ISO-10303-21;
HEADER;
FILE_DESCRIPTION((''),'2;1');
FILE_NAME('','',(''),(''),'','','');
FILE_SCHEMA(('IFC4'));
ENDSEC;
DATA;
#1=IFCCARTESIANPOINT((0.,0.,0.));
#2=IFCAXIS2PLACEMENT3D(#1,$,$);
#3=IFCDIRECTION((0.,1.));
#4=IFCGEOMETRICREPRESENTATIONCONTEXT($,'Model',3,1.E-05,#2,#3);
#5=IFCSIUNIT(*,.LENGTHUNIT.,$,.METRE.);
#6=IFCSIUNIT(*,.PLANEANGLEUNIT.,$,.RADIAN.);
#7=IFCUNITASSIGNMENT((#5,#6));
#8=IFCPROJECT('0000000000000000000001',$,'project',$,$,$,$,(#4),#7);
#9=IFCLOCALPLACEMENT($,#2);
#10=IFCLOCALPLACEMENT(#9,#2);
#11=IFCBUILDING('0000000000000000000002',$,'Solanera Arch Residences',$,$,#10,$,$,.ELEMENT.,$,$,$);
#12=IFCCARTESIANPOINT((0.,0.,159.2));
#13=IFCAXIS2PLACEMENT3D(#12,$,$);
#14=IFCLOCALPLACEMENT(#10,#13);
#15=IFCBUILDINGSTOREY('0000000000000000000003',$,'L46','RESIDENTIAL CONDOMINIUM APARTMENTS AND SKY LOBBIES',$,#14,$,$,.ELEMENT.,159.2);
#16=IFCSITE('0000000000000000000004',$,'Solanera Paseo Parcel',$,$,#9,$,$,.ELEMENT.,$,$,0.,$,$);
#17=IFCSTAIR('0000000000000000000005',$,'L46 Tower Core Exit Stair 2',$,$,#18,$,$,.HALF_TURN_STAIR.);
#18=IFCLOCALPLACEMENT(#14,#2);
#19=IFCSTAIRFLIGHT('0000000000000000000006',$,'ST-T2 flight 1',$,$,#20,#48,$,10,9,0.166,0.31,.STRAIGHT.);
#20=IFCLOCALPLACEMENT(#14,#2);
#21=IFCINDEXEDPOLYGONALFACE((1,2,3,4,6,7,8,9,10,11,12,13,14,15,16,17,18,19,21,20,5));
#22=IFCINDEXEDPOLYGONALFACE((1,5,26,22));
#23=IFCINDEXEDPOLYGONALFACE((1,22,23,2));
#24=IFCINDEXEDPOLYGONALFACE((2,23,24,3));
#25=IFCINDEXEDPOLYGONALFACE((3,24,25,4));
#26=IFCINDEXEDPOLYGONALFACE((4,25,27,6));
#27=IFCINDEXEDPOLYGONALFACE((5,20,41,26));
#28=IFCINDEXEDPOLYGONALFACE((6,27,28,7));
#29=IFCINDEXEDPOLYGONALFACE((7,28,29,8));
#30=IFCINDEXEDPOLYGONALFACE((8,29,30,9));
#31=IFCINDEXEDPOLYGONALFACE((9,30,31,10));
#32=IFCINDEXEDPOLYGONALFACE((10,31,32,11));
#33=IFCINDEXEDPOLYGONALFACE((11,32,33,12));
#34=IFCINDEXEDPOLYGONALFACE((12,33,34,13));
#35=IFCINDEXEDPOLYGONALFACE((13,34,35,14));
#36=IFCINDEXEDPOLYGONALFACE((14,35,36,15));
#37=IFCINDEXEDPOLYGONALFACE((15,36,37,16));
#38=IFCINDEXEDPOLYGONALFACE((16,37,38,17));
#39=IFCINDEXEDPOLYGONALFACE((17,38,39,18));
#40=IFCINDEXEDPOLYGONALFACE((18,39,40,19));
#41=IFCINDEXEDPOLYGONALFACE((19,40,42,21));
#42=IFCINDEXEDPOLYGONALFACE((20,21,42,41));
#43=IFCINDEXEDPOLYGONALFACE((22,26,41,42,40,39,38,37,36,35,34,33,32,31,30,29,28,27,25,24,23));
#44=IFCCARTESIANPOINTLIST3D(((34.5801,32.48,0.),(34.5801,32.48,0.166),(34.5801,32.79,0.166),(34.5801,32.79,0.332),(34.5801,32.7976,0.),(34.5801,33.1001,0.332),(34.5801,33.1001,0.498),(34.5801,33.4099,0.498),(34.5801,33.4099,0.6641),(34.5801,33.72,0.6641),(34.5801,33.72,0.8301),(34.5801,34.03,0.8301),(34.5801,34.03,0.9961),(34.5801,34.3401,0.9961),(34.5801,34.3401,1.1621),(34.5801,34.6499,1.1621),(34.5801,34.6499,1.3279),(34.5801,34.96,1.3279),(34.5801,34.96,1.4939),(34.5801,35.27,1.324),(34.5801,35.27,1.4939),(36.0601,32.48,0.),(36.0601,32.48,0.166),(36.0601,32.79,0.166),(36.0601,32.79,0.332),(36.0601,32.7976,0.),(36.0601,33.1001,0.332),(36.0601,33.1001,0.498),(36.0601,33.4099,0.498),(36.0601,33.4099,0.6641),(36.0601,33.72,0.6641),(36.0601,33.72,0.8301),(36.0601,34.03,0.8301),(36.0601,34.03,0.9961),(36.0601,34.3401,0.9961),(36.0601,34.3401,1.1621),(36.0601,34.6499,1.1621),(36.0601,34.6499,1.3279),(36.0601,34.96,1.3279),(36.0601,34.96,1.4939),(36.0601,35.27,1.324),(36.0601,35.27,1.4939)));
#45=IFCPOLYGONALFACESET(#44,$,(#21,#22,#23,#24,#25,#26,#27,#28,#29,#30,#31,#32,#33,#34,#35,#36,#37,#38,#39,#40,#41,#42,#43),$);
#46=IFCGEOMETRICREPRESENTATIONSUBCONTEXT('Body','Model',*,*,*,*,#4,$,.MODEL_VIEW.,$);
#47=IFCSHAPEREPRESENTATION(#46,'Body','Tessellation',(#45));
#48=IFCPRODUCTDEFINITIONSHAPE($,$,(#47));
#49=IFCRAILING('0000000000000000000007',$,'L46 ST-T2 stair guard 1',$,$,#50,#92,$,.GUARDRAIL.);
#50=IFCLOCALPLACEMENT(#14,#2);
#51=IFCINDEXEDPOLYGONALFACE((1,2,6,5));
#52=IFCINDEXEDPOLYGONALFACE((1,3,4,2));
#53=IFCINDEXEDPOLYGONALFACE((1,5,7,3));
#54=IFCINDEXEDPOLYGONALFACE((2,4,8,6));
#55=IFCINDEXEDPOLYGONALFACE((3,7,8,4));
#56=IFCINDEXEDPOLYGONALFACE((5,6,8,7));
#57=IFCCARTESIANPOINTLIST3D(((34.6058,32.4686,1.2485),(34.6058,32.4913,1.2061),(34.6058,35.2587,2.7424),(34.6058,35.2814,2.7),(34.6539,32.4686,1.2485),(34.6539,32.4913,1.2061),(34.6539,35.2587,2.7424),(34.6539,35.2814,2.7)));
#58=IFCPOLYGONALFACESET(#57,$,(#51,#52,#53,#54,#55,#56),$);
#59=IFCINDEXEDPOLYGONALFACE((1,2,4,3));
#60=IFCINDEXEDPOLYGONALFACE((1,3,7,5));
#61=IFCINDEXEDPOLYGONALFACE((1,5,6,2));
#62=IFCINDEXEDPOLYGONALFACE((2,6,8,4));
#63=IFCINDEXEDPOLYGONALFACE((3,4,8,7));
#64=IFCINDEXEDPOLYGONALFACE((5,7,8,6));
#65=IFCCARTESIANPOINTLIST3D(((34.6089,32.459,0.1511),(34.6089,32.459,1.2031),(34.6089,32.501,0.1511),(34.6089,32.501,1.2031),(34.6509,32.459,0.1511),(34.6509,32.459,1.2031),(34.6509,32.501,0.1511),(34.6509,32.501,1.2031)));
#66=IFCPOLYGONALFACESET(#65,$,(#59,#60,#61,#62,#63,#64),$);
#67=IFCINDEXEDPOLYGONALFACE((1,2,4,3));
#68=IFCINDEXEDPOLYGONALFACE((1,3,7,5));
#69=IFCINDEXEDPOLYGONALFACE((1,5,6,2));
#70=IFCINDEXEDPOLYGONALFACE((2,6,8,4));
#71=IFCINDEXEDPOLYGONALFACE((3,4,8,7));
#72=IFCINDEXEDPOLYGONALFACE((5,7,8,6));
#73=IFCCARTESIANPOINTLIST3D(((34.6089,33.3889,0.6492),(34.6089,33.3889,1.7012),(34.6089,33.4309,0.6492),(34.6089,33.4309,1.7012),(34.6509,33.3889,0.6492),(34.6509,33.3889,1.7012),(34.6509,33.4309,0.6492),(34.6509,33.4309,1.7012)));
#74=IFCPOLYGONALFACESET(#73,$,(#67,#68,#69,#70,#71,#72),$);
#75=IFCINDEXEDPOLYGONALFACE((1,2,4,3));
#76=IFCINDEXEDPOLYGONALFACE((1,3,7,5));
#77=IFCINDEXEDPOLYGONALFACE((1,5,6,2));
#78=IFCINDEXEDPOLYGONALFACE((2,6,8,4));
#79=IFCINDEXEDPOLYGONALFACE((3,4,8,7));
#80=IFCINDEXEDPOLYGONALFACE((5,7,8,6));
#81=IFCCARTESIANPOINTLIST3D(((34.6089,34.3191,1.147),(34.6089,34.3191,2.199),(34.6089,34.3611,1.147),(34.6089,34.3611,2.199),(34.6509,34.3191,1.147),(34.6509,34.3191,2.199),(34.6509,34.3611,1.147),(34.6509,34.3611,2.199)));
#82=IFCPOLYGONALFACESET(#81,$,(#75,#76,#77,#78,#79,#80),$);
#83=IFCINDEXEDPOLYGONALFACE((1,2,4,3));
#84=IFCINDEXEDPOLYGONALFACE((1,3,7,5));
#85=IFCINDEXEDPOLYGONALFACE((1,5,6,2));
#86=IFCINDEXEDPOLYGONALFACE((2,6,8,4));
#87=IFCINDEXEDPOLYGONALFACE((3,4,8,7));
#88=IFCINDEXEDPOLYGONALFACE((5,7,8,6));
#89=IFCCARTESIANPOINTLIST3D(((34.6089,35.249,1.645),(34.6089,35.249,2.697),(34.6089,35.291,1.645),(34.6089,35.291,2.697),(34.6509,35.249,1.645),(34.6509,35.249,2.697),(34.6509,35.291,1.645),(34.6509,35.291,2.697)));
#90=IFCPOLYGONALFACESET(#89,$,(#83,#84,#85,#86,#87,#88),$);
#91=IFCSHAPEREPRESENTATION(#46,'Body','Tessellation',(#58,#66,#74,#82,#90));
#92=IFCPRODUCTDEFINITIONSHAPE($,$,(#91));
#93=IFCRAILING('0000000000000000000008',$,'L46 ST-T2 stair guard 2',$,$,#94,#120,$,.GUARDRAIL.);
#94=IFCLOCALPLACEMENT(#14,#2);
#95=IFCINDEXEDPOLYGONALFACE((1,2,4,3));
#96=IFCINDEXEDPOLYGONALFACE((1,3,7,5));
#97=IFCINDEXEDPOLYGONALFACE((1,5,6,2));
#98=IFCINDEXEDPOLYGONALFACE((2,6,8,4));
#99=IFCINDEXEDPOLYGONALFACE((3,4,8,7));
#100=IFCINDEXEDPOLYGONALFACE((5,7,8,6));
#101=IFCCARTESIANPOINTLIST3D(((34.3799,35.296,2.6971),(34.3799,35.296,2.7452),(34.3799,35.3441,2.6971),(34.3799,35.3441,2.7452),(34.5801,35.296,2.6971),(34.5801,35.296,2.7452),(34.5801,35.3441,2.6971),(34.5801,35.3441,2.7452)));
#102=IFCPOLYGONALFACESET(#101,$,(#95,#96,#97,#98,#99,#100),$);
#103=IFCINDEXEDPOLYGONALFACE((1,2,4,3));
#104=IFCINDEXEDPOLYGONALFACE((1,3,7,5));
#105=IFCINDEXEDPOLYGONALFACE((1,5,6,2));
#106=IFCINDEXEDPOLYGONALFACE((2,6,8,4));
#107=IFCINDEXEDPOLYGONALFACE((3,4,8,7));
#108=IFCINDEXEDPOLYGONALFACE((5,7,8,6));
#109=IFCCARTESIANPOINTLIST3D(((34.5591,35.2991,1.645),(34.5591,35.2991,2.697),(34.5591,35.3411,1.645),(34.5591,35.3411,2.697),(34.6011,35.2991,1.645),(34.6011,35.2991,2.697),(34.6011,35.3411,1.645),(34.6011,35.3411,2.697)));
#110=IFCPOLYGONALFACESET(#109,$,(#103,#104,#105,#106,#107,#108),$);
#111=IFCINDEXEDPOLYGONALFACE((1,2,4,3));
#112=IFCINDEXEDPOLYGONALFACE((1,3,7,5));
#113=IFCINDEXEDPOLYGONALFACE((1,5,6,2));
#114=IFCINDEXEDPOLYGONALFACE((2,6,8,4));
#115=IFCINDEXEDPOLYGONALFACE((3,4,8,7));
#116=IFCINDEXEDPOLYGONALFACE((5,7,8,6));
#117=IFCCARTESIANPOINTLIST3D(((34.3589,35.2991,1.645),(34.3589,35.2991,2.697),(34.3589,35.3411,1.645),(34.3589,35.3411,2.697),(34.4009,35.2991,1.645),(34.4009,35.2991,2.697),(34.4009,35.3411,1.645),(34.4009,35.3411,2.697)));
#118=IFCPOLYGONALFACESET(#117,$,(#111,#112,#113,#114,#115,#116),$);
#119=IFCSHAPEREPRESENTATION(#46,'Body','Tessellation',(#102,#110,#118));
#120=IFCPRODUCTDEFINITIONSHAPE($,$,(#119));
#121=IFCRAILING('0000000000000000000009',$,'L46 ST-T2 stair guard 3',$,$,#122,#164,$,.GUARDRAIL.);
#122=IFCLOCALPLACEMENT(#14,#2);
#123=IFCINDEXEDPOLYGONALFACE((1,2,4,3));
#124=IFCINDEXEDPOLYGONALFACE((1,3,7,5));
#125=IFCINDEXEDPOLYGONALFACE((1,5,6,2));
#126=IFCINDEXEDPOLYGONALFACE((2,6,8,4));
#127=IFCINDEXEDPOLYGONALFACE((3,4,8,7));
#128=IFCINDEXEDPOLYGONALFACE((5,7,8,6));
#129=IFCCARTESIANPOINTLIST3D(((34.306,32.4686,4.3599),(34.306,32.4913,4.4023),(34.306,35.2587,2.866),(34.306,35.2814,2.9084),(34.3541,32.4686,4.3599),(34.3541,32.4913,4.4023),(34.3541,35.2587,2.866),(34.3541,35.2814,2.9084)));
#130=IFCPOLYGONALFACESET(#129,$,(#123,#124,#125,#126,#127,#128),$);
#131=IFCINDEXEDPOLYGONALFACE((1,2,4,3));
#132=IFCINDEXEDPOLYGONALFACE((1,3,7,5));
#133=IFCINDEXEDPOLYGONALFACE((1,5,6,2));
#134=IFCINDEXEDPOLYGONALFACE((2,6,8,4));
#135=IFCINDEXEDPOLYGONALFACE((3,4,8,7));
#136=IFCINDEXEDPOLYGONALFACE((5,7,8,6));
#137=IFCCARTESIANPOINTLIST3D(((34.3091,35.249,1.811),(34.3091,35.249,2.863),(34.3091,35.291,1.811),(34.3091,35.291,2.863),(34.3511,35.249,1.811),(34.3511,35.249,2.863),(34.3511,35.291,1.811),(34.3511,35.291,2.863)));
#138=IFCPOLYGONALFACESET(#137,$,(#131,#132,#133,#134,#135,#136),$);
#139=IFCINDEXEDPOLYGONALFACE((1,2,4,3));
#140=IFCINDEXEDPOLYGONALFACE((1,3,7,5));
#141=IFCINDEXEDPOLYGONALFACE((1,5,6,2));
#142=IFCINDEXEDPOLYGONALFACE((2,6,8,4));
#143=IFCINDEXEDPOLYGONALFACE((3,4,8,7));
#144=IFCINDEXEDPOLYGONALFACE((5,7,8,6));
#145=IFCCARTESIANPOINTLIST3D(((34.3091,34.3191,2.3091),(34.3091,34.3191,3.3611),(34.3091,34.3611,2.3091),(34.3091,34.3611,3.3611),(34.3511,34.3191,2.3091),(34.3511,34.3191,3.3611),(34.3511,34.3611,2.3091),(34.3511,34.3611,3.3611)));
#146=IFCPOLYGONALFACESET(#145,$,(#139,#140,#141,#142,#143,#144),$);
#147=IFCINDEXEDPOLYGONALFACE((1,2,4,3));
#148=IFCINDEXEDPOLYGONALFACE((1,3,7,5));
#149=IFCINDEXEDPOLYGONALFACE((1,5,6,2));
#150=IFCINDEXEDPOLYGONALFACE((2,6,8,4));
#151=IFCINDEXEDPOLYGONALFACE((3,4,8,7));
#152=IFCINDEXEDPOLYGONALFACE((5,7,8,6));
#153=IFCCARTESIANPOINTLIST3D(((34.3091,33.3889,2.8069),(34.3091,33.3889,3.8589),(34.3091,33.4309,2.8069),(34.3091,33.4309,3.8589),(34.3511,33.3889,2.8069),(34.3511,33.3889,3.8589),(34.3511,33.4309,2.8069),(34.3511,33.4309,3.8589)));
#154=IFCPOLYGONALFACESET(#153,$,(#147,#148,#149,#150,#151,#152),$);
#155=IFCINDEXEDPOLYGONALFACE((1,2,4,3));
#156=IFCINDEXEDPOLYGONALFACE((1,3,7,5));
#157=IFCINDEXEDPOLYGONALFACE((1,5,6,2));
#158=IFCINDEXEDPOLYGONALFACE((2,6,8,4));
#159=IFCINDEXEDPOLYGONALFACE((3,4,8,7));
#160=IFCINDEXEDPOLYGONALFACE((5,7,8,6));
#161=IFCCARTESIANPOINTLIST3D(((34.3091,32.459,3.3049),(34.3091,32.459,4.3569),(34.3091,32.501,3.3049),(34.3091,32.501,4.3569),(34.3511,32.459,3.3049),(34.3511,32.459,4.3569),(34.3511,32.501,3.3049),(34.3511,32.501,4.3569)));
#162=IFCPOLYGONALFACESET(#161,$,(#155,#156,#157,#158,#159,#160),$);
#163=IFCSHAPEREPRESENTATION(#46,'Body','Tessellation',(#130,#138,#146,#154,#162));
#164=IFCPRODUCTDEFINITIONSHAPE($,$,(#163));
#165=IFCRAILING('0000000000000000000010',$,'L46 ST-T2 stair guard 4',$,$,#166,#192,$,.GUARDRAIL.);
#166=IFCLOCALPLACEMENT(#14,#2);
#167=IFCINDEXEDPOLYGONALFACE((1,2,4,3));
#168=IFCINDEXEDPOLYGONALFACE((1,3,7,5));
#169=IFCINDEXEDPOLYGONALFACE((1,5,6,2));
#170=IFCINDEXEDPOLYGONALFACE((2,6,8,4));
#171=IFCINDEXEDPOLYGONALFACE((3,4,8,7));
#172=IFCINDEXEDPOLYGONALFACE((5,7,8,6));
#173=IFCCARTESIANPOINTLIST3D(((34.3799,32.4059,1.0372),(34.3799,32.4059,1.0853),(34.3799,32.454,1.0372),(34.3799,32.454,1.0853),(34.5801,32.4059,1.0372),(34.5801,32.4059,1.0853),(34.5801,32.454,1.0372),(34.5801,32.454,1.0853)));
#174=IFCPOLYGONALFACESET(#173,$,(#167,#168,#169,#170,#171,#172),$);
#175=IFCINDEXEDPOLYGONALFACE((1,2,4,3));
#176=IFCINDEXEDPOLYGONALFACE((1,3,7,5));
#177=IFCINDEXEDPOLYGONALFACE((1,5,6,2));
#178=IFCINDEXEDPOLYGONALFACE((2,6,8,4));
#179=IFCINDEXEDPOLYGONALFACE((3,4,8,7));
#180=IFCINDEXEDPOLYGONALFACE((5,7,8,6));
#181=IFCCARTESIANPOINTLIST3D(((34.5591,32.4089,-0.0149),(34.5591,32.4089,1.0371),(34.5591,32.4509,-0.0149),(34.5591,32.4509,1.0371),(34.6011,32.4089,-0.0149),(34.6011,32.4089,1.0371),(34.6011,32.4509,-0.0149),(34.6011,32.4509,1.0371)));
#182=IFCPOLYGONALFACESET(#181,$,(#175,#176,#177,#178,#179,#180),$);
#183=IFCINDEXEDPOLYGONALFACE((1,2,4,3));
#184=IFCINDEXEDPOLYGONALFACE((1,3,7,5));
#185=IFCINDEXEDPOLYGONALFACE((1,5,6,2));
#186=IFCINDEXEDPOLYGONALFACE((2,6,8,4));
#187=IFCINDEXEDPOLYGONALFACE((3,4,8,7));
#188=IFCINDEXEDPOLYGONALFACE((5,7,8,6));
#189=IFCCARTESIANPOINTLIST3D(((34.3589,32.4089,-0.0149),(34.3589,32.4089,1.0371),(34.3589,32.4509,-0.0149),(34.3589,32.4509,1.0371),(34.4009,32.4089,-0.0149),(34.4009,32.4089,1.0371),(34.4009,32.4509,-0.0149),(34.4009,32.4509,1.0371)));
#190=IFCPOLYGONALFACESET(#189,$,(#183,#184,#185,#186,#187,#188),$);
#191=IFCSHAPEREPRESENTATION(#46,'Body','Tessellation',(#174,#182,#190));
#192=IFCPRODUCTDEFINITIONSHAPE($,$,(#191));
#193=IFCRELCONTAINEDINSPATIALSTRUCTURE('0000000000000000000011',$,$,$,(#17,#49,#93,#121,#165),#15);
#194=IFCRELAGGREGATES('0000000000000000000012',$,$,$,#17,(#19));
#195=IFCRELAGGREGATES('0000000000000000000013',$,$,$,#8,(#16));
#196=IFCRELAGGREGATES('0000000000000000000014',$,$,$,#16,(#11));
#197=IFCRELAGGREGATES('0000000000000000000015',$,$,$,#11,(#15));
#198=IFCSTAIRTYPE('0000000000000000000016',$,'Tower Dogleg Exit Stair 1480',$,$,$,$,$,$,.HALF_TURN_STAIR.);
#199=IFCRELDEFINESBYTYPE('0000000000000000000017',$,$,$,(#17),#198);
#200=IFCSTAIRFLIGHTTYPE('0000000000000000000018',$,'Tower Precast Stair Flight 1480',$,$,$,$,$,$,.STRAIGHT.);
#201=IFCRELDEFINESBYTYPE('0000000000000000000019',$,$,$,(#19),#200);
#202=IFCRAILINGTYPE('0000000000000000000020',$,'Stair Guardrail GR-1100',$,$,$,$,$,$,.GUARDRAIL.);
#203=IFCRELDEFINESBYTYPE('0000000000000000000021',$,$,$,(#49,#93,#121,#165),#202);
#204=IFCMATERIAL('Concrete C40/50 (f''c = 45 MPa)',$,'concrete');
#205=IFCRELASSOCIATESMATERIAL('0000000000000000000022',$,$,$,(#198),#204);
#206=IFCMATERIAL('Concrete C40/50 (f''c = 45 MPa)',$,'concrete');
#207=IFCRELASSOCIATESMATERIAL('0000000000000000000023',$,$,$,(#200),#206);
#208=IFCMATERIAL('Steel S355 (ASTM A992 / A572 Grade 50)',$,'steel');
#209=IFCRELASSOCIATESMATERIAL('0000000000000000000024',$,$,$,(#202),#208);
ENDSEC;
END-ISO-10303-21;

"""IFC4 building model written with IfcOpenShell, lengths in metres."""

from ifc_helpers import new_model, si_unit, direction, frame, origin, origin_2d, place, context, subcontext, project, spatial, polyline, rectangle, outline, extrude, material, type_object, element, aggregate, save


model = new_model("IFC4")

# Units and contexts
model_context = context("Model", 3, precision=1e-05, world=origin(), true_north=direction((0.0, 1.0)))
body_context = subcontext(model_context, "Body", "Model", "MODEL_VIEW")
ifc_project = project(units=[si_unit("LENGTHUNIT", "METRE"), si_unit("PLANEANGLEUNIT", "RADIAN")], contexts=[model_context])

# Site, building, storey
site_placement = place(None, origin())
site = spatial("IfcSite", under=ifc_project, at=site_placement, Name="Solanera Paseo Parcel", CompositionType="ELEMENT", RefElevation=0.0)
building_placement = place(site_placement, origin())
building = spatial("IfcBuilding", under=site, at=building_placement, Name="Solanera Arch Residences", CompositionType="ELEMENT")
storey_placement = place(building_placement, frame((0.0, 0.0, 159.2)))
storey = spatial("IfcBuildingStorey", under=building, at=storey_placement, Name="L46", Description="RESIDENTIAL CONDOMINIUM APARTMENTS AND SKY LOBBIES", CompositionType="ELEMENT", Elevation=159.2)

# Stair, stair flight
ifc_material_1 = material(Name="Concrete C40/50 (f'c = 45 MPa)", Category="concrete")
stair_type = type_object("IfcStairType", Name="Tower Dogleg Exit Stair 1480", PredefinedType="HALF_TURN_STAIR", material=ifc_material_1)
stair_placement = place(storey_placement, origin())
stair = element("IfcStair", 1, at=stair_placement, inside=storey, type_object=stair_type, Name="L46 Tower Core Exit Stair 2", PredefinedType="HALF_TURN_STAIR")
ifc_material_2 = material(Name="Concrete C40/50 (f'c = 45 MPa)", Category="concrete")
stair_flight_type = type_object("IfcStairFlightType", Name="Tower Precast Stair Flight 1480", PredefinedType="STRAIGHT", material=ifc_material_2)
stair_flight_placement = place(storey_placement, frame((35.3201, 32.48, 0.0), z_axis=(0.0, 0.0, 1.0), x_axis=(0.0, 1.0, 0.0)))
stair_flight = element("IfcStairFlight", 2, at=stair_flight_placement, type_object=stair_flight_type, Name="ST-T2 flight 1", NumberOfRisers=10, NumberOfTreads=9, PredefinedType="STRAIGHT", RiserHeight=0.166, TreadLength=0.31, context=body_context, shape_type="SweptSolid", body=[
    extrude(outline(polyline([(0.0, 0.0), (0.0, 0.166), (0.3101, 0.166), (0.3101, 0.332), (0.6201, 0.332), (0.6201, 0.498), (0.9299, 0.498), (0.9299, 0.6641), (1.24, 0.6641), (1.24, 0.8301), (1.55, 0.8301), (1.55, 0.9961), (1.8601, 0.9961), (1.8601, 1.1621), (2.1699, 1.1621), (2.1699, 1.3279), (2.48, 1.3279), (2.48, 1.4939), (2.79, 1.4939), (2.79, 1.6599), (2.79, 1.324), (0.3176, 0.0), (0.0, 0.0)])), frame((0.0, 0.74, 0.0), z_axis=(0.0, -1.0, 0.0), x_axis=(1.0, 0.0, 0.0)), (0.0, 0.0, 1.0), 1.48),
])
aggregate(stair, [stair_flight])

# Railings
ifc_material_3 = material(Name="Steel S355 (ASTM A992 / A572 Grade 50)", Category="steel")
railing_type_1 = type_object("IfcRailingType", Name="Stair Guardrail GR-1100", PredefinedType="GUARDRAIL", material=ifc_material_3)
railing_1_placement = place(storey_placement, frame((34.6299, 32.48, 0.1511)))
element("IfcRailing", 3, at=railing_1_placement, inside=storey, type_object=railing_type_1, Name="L46 ST-T2 stair guard 1", PredefinedType="GUARDRAIL", context=body_context, shape_type="SweptSolid", body=[
    extrude(rectangle(XDim=0.0481, YDim=0.0481, at=origin_2d()), frame((0.0, 0.0, 1.0762), z_axis=(0.0, 0.881581, 0.472033), x_axis=(-1.0, 0.0, 0.0)), (0.0, 0.0, 1.0), 3.1648),
    extrude(rectangle(XDim=0.042, YDim=0.042, at=origin_2d()), origin(), (0.0, 0.0, 1.0), 1.052),
    extrude(rectangle(XDim=0.042, YDim=0.042, at=origin_2d()), frame((0.0, 0.9299, 0.498)), (0.0, 0.0, 1.0), 1.052),
    extrude(rectangle(XDim=0.042, YDim=0.042, at=origin_2d()), frame((0.0, 1.8601, 0.9958)), (0.0, 0.0, 1.0), 1.052),
    extrude(rectangle(XDim=0.042, YDim=0.042, at=origin_2d()), frame((0.0, 2.79, 1.4939)), (0.0, 0.0, 1.0), 1.052),
])
railing_2_placement = place(storey_placement, frame((34.5801, 35.3201, 1.645)))
element("IfcRailing", 4, at=railing_2_placement, inside=storey, type_object=railing_type_1, Name="L46 ST-T2 stair guard 2", PredefinedType="GUARDRAIL", context=body_context, shape_type="SweptSolid", body=[
    extrude(rectangle(XDim=0.0481, YDim=0.0481, at=origin_2d()), frame((0.0, 0.0, 1.0762), z_axis=(-1.0, 0.0, 0.0), x_axis=(0.0, -1.0, 0.0)), (0.0, 0.0, 1.0), 0.2002),
    extrude(rectangle(XDim=0.042, YDim=0.042, at=origin_2d()), origin(), (0.0, 0.0, 1.0), 1.052),
    extrude(rectangle(XDim=0.042, YDim=0.042, at=origin_2d()), frame((-0.2002, 0.0, 0.0)), (0.0, 0.0, 1.0), 1.052),
])
railing_3_placement = place(storey_placement, frame((34.3301, 35.27, 1.811)))
element("IfcRailing", 5, at=railing_3_placement, inside=storey, type_object=railing_type_1, Name="L46 ST-T2 stair guard 3", PredefinedType="GUARDRAIL", context=body_context, shape_type="SweptSolid", body=[
    extrude(rectangle(XDim=0.0481, YDim=0.0481, at=origin_2d()), frame((0.0, 0.0, 1.0762), z_axis=(0.0, -0.881581, 0.472033), x_axis=(1.0, 0.0, 0.0)), (0.0, 0.0, 1.0), 3.1648),
    extrude(rectangle(XDim=0.042, YDim=0.042, at=origin_2d()), origin(), (0.0, 0.0, 1.0), 1.052),
    extrude(rectangle(XDim=0.042, YDim=0.042, at=origin_2d()), frame((0.0, -0.9299, 0.498)), (0.0, 0.0, 1.0), 1.052),
    extrude(rectangle(XDim=0.042, YDim=0.042, at=origin_2d()), frame((0.0, -1.8601, 0.9958)), (0.0, 0.0, 1.0), 1.052),
    extrude(rectangle(XDim=0.042, YDim=0.042, at=origin_2d()), frame((0.0, -2.79, 1.4939)), (0.0, 0.0, 1.0), 1.052),
])
railing_4_placement = place(storey_placement, frame((34.5801, 32.4299, -0.0149)))
element("IfcRailing", 6, at=railing_4_placement, inside=storey, type_object=railing_type_1, Name="L46 ST-T2 stair guard 4", PredefinedType="GUARDRAIL", context=body_context, shape_type="SweptSolid", body=[
    extrude(rectangle(XDim=0.0481, YDim=0.0481, at=origin_2d()), frame((0.0, 0.0, 1.0762), z_axis=(-1.0, 0.0, 0.0), x_axis=(0.0, -1.0, 0.0)), (0.0, 0.0, 1.0), 0.2002),
    extrude(rectangle(XDim=0.042, YDim=0.042, at=origin_2d()), origin(), (0.0, 0.0, 1.0), 1.052),
    extrude(rectangle(XDim=0.042, YDim=0.042, at=origin_2d()), frame((-0.2002, 0.0, 0.0)), (0.0, 0.0, 1.0), 1.052),
])

save(model, "model.ifc")
